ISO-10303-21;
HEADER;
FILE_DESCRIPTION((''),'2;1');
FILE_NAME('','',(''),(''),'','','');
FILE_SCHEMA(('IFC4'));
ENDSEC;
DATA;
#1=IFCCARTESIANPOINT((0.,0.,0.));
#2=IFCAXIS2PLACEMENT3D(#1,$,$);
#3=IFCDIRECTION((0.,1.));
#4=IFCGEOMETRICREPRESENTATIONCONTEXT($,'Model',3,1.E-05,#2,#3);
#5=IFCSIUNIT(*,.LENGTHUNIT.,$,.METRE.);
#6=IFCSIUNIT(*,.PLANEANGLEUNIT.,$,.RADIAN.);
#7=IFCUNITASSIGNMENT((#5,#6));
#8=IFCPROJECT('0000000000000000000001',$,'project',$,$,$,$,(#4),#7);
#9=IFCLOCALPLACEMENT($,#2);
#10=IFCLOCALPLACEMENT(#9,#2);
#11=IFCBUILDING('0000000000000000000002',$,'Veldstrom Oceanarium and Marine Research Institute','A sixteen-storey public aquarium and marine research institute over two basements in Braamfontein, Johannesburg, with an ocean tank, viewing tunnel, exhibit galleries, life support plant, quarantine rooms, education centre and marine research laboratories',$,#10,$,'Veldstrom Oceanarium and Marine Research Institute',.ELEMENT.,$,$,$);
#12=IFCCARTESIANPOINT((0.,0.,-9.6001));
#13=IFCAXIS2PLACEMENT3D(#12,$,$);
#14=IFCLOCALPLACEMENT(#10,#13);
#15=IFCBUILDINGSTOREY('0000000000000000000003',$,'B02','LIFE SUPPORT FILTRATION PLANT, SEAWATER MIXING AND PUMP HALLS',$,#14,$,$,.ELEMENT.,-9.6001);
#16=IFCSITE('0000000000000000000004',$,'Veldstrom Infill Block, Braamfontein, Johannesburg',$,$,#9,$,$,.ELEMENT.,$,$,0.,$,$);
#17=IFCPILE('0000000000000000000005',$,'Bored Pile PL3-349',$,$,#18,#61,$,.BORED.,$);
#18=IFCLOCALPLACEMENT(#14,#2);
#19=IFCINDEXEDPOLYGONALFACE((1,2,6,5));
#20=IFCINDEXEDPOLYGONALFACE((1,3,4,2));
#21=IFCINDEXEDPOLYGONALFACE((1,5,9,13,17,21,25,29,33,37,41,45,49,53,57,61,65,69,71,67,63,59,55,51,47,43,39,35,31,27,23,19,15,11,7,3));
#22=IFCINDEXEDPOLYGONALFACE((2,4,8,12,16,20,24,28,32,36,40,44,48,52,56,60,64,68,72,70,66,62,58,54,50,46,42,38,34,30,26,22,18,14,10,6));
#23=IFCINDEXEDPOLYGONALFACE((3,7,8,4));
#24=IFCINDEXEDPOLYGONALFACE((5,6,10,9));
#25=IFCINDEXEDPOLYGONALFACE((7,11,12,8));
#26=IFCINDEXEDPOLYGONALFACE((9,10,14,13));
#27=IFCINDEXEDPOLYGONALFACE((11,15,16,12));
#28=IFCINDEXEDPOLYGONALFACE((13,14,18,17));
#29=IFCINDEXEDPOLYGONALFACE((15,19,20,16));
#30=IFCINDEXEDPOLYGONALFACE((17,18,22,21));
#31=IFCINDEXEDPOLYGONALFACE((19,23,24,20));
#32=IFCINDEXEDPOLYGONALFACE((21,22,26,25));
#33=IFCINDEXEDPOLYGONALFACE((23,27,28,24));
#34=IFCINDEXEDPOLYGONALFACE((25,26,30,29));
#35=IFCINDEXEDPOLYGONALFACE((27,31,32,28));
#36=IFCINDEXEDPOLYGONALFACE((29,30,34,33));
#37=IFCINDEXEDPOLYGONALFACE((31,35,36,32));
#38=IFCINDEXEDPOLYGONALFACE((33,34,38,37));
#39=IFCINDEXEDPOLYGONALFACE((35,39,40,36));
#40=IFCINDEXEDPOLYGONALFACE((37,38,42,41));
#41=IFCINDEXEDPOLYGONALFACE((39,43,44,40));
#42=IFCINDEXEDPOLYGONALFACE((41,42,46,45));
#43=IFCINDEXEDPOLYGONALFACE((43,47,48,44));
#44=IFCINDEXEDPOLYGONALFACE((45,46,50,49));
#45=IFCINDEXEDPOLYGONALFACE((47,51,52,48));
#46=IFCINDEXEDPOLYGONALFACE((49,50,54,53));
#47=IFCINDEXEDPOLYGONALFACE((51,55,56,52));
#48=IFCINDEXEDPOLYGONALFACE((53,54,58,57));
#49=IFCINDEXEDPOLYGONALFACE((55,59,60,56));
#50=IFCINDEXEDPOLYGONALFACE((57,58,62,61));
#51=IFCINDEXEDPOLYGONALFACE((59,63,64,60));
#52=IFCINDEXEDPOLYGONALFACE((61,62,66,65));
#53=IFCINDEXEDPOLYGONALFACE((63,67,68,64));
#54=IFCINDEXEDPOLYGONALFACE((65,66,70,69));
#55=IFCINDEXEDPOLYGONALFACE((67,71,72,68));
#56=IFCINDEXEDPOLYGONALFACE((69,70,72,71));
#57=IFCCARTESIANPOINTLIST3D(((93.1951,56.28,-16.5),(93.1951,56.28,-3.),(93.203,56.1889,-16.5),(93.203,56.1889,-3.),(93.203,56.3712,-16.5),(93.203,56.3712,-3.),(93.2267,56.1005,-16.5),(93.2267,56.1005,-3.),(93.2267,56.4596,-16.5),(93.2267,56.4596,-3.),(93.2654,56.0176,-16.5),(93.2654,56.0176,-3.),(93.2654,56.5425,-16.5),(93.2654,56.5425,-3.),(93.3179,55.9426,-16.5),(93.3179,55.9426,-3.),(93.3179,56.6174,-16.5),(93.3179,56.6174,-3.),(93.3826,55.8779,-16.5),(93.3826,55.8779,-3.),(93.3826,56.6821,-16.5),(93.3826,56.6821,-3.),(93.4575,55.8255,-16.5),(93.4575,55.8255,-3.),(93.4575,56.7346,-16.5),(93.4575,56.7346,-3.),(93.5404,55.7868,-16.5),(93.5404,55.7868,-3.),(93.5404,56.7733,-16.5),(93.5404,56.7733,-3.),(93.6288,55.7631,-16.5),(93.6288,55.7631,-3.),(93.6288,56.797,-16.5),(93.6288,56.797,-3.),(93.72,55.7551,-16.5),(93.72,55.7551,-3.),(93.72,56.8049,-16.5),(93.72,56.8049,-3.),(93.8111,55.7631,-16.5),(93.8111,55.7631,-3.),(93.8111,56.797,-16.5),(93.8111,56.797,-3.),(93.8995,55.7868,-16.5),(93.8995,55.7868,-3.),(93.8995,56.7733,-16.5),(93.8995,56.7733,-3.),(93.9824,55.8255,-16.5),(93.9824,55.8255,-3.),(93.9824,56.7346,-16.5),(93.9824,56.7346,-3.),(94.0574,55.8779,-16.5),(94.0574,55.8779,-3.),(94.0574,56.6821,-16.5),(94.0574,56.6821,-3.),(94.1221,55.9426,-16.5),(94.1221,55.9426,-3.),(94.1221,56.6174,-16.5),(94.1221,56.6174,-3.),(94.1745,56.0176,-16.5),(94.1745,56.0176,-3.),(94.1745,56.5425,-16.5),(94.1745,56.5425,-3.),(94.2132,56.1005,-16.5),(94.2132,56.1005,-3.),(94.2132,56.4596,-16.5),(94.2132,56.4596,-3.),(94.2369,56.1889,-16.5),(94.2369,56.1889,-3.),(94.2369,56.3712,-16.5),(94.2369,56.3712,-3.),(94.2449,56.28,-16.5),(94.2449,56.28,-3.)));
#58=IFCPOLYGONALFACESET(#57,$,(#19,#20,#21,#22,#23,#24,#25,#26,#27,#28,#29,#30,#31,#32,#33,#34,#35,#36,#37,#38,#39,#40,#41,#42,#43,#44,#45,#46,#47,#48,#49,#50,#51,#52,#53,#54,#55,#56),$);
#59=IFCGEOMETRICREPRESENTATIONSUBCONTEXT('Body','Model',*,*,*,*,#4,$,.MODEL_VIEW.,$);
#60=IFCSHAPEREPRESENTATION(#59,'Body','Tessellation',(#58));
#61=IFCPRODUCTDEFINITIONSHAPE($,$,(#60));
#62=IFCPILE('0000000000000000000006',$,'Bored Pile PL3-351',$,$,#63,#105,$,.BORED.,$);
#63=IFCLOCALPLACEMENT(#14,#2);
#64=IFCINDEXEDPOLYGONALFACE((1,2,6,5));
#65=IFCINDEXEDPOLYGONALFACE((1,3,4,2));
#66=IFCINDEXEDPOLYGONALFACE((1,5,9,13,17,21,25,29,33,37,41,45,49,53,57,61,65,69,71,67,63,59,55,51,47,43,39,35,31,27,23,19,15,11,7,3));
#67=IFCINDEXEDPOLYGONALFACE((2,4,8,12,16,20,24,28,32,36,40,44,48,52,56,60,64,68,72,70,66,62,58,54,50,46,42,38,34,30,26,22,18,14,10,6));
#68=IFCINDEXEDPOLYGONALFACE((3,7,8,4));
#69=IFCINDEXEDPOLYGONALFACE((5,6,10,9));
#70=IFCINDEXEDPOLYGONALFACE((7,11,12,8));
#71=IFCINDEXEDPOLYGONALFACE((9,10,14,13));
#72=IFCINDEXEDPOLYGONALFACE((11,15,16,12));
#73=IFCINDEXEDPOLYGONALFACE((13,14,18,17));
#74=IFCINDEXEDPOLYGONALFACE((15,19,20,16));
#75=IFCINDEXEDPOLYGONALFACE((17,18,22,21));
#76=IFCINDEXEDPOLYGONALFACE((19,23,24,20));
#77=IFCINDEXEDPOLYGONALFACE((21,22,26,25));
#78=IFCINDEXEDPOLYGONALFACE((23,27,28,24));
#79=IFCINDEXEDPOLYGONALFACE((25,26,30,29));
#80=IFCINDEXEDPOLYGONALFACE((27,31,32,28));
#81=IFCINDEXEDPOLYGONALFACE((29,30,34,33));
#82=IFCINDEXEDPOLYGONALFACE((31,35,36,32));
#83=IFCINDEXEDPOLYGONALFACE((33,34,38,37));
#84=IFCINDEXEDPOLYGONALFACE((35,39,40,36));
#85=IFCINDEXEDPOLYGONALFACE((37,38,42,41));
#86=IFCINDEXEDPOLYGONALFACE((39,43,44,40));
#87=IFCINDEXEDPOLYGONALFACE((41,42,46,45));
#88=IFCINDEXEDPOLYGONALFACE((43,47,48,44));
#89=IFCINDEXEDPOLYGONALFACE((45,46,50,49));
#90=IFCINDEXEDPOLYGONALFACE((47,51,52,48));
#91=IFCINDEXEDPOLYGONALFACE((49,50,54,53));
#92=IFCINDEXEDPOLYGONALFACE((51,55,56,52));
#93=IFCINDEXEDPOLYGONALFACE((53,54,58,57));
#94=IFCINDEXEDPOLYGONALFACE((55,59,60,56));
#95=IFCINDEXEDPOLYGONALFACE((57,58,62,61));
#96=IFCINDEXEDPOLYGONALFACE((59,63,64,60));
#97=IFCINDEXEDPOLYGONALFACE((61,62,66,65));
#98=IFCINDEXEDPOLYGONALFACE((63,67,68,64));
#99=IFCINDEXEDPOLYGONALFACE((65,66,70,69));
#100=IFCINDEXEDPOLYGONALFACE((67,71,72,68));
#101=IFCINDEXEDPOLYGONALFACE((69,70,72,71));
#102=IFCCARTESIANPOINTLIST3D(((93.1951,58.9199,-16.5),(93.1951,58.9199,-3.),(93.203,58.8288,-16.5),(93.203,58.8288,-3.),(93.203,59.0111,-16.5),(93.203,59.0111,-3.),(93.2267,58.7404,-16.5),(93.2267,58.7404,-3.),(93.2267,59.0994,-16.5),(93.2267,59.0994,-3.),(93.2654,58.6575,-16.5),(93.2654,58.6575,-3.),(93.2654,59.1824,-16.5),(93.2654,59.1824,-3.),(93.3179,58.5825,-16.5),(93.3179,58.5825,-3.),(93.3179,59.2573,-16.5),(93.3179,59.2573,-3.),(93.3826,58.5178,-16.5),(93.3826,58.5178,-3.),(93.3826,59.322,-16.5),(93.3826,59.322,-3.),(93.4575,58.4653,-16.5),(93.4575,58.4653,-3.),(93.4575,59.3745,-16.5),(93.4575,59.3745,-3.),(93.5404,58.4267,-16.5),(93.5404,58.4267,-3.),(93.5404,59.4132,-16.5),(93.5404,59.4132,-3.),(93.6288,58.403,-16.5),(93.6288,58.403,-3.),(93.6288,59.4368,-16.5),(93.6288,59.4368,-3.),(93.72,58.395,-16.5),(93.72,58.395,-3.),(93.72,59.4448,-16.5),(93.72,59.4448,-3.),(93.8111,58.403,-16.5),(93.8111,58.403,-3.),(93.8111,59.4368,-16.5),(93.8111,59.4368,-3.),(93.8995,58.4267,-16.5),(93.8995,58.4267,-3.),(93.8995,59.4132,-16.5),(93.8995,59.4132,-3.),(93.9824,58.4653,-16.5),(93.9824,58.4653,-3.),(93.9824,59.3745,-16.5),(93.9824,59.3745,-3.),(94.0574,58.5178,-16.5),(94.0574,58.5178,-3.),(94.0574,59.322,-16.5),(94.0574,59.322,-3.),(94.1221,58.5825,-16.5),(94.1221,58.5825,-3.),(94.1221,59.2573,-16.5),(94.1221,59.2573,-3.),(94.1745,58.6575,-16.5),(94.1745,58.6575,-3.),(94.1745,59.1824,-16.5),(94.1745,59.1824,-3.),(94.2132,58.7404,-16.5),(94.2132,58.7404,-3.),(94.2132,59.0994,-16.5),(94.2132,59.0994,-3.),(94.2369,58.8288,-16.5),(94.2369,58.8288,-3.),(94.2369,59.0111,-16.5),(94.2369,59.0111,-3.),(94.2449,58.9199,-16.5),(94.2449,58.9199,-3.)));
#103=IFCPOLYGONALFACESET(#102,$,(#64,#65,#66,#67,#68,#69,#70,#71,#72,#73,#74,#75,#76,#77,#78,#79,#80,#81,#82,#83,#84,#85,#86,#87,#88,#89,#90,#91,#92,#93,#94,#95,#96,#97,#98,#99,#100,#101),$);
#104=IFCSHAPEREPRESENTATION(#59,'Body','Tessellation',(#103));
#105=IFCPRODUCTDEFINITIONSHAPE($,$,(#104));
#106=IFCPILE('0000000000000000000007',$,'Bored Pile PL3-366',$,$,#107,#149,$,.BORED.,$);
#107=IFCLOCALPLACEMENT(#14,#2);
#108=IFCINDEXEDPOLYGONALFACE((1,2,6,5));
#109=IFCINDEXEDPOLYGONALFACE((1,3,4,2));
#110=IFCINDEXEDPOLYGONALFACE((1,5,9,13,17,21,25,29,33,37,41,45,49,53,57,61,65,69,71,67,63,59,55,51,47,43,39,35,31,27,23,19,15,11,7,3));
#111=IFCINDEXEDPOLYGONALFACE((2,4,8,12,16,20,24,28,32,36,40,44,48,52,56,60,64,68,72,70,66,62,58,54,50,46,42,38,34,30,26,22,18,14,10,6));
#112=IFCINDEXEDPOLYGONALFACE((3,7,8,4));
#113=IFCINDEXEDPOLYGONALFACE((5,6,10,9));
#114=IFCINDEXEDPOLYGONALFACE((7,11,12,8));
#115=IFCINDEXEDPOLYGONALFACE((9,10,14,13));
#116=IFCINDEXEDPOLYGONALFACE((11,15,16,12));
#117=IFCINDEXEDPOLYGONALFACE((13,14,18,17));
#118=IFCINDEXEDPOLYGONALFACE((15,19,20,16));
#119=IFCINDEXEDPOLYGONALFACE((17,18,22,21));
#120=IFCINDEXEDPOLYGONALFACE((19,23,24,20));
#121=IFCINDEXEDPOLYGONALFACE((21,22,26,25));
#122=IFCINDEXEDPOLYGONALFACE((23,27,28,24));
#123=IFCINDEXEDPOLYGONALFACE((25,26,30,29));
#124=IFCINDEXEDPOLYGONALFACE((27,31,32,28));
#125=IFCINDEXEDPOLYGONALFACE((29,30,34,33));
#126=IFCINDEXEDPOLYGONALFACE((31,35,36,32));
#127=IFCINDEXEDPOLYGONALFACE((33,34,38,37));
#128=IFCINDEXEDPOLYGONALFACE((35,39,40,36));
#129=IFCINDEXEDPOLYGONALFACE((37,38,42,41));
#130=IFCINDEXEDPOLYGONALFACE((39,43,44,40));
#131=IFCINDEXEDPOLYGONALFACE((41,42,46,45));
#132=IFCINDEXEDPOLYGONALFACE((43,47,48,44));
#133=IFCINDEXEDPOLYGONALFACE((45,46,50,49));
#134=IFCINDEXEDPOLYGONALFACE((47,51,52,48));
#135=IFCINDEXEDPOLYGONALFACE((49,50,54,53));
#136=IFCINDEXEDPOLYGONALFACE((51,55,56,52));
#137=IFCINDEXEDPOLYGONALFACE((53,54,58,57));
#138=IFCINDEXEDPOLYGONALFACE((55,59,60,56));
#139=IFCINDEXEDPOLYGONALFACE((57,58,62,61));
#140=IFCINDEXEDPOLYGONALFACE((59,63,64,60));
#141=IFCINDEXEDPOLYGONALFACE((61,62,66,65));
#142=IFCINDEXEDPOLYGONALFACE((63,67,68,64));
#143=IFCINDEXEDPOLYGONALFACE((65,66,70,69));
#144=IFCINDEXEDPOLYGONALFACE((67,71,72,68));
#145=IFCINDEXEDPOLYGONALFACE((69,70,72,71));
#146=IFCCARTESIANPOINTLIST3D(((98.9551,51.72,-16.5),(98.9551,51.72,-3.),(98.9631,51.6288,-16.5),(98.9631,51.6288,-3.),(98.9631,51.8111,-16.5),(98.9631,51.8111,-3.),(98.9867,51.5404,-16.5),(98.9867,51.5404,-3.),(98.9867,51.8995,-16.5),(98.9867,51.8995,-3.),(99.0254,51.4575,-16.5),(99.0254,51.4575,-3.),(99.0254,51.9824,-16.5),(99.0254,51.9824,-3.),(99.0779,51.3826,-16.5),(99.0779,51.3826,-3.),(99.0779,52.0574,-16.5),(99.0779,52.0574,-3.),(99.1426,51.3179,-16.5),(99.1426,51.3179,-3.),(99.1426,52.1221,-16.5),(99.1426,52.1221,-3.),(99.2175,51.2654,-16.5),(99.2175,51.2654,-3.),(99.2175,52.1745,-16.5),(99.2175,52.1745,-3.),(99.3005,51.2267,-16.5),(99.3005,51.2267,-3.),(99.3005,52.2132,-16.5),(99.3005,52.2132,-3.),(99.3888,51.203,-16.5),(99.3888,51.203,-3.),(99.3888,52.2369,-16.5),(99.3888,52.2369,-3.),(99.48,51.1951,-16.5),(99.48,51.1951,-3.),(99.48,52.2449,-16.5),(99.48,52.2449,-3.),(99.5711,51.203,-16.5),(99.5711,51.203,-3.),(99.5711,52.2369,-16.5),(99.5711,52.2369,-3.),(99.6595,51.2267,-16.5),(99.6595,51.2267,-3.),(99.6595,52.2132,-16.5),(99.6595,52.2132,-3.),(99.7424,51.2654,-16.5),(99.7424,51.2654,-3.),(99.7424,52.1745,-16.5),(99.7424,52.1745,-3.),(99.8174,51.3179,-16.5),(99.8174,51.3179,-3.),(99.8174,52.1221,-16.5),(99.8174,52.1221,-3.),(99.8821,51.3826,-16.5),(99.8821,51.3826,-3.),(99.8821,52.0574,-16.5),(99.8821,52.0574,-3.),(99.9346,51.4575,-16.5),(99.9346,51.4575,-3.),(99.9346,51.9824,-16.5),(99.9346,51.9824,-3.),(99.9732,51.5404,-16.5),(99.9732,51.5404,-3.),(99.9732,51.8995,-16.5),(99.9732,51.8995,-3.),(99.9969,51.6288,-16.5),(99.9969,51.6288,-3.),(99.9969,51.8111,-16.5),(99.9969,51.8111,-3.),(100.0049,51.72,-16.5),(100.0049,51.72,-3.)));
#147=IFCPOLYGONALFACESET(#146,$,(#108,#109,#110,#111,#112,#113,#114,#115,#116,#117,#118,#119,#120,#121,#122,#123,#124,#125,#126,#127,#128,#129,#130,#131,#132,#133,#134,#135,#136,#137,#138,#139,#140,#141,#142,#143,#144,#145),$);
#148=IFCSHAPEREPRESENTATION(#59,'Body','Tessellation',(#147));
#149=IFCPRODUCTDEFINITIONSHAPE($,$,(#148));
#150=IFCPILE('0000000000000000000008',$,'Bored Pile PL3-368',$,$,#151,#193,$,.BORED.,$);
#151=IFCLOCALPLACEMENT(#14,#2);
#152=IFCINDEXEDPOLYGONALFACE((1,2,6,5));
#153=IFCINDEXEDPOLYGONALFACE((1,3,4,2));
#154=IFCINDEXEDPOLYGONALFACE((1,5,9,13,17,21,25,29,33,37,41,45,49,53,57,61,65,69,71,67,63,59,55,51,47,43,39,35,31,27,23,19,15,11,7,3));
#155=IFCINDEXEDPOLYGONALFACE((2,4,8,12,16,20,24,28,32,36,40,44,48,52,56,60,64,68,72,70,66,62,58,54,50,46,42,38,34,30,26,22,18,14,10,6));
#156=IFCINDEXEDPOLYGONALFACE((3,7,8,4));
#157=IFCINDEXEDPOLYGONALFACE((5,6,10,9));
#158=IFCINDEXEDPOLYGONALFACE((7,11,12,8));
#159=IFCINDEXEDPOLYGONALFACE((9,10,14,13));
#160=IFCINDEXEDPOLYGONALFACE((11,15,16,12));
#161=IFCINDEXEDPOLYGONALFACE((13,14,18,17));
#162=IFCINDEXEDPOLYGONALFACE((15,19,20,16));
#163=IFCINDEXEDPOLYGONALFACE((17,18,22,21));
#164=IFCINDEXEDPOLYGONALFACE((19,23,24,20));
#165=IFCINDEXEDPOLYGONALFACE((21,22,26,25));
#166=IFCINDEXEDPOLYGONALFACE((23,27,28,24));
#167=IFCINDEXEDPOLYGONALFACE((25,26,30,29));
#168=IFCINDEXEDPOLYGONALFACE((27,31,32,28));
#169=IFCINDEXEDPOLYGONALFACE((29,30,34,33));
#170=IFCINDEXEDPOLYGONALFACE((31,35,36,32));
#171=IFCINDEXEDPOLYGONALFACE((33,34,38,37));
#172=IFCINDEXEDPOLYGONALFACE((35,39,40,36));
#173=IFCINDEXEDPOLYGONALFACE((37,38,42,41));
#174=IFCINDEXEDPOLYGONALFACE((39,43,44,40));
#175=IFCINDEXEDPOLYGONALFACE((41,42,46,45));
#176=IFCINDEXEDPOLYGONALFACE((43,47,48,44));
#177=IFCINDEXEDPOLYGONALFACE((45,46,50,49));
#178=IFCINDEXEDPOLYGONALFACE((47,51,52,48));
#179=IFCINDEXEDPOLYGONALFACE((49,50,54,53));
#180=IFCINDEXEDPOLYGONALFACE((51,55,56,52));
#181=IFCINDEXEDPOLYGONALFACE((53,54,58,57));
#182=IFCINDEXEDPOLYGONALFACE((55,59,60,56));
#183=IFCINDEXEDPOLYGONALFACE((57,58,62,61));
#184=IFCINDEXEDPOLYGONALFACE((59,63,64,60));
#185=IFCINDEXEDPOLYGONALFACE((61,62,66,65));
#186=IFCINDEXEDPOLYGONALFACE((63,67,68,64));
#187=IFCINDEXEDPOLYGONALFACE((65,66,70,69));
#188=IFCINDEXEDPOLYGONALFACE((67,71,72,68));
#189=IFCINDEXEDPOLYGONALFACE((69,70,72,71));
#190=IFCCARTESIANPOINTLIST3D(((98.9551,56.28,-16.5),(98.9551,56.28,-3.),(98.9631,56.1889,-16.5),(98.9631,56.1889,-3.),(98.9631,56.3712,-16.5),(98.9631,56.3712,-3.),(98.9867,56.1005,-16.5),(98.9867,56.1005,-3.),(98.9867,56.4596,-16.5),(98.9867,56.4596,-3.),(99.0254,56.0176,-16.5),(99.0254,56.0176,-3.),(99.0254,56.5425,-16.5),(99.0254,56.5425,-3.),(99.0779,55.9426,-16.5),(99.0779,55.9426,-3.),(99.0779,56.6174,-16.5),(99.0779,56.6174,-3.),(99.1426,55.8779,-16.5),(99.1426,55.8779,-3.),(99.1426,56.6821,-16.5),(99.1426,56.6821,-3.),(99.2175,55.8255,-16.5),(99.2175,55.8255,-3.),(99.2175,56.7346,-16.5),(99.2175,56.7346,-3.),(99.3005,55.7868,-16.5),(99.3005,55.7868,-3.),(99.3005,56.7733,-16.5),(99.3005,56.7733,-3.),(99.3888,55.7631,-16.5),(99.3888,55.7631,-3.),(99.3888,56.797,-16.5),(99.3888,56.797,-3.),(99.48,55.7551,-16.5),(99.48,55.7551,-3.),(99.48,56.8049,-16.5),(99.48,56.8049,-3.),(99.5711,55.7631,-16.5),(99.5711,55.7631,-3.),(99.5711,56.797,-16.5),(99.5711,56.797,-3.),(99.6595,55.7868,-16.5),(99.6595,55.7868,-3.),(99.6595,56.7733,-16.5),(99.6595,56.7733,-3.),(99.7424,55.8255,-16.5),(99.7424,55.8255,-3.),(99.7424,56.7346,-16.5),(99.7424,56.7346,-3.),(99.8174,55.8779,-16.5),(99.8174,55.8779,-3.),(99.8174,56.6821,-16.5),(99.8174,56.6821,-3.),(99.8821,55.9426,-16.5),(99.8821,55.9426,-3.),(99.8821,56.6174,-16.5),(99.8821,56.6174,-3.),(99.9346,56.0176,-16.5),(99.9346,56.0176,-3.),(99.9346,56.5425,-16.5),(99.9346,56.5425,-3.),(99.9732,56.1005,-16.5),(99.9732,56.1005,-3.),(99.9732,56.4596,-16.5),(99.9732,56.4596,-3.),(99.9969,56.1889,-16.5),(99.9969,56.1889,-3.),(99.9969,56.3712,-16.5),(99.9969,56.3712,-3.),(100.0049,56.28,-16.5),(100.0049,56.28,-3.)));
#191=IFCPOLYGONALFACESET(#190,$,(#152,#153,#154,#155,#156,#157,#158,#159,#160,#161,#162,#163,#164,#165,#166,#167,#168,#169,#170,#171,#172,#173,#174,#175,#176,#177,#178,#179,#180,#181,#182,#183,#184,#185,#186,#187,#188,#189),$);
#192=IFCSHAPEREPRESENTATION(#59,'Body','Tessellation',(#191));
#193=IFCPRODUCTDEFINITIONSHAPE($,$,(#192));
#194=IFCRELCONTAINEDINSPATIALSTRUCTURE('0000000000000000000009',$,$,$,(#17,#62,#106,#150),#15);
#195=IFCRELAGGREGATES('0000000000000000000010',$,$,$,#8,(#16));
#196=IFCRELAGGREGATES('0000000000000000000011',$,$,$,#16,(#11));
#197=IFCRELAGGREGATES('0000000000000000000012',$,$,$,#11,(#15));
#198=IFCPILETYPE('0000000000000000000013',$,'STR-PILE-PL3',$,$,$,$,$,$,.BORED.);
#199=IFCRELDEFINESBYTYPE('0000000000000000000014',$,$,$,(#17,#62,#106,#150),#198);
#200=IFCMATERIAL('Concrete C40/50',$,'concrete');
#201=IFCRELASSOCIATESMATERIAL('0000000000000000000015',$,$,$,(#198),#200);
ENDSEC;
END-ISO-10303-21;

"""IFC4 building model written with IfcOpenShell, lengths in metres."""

from ifc_helpers import new_model, si_unit, direction, frame, origin, origin_2d, place, context, subcontext, project, spatial, circle, extrude, material, material_profile, profile_set, type_object, element, save


model = new_model("IFC4")

# Units and contexts
model_context = context("Model", 3, precision=1e-05, world=origin(), true_north=direction((0.0, 1.0)))
body_context = subcontext(model_context, "Body", "Model", "MODEL_VIEW")
ifc_project = project(units=[si_unit("LENGTHUNIT", "METRE"), si_unit("PLANEANGLEUNIT", "RADIAN")], contexts=[model_context])

# Site, building, storey
site_placement = place(None, origin())
site = spatial("IfcSite", under=ifc_project, at=site_placement, Name="Veldstrom Infill Block, Braamfontein, Johannesburg", CompositionType="ELEMENT", RefElevation=0.0)
building_placement = place(site_placement, origin())
building = spatial("IfcBuilding", under=site, at=building_placement, Name="Veldstrom Oceanarium and Marine Research Institute", Description="A sixteen-storey public aquarium and marine research institute over two basements in Braamfontein, Johannesburg, with an ocean tank, viewing tunnel, exhibit galleries, life support plant, quarantine rooms, education centre and marine research laboratories", LongName="Veldstrom Oceanarium and Marine Research Institute", CompositionType="ELEMENT")
storey_placement = place(building_placement, frame((0.0, 0.0, -9.6001)))
storey = spatial("IfcBuildingStorey", under=building, at=storey_placement, Name="B02", Description="LIFE SUPPORT FILTRATION PLANT, SEAWATER MIXING AND PUMP HALLS", CompositionType="ELEMENT", Elevation=-9.6001)

# Piles
ifc_material_1 = material(Name="Concrete C40/50", Category="concrete")
ifc_material_profile = material_profile(ifc_material_1, circle(Radius=0.5249, at=origin_2d()), Name="PILE-D1050")
ifc_profile_set = profile_set([ifc_material_profile], Name="Concrete C40/50")
pile_type = type_object("IfcPileType", Name="STR-PILE-PL3", PredefinedType="BORED", material=ifc_profile_set)
for number, where, z_axis, x_axis, name in (
    (1, (93.72, 56.28, -3.0), (0.0, 0.0, -1.0), (1.0, 0.0, 0.0), "Bored Pile PL3-349"),
    (2, (93.72, 58.9199, -3.0), (0.0, 0.0, -1.0), (1.0, 0.0, 0.0), "Bored Pile PL3-351"),
    (3, (99.48, 51.72, -3.0), (0.0, 0.0, -1.0), (1.0, 0.0, 0.0), "Bored Pile PL3-366"),
    (4, (99.48, 56.28, -3.0), (0.0, 0.0, -1.0), (1.0, 0.0, 0.0), "Bored Pile PL3-368"),
):
    element("IfcPile", number, at=place(storey_placement, frame(where, z_axis=z_axis, x_axis=x_axis)), inside=storey, type_object=pile_type, Name=name, PredefinedType="BORED", context=body_context, shape_type="SweptSolid", body=[
        extrude(circle(Radius=0.5249, at=origin_2d()), origin(), (0.0, 0.0, 1.0), 13.5),
    ])

save(model, "model.ifc")
